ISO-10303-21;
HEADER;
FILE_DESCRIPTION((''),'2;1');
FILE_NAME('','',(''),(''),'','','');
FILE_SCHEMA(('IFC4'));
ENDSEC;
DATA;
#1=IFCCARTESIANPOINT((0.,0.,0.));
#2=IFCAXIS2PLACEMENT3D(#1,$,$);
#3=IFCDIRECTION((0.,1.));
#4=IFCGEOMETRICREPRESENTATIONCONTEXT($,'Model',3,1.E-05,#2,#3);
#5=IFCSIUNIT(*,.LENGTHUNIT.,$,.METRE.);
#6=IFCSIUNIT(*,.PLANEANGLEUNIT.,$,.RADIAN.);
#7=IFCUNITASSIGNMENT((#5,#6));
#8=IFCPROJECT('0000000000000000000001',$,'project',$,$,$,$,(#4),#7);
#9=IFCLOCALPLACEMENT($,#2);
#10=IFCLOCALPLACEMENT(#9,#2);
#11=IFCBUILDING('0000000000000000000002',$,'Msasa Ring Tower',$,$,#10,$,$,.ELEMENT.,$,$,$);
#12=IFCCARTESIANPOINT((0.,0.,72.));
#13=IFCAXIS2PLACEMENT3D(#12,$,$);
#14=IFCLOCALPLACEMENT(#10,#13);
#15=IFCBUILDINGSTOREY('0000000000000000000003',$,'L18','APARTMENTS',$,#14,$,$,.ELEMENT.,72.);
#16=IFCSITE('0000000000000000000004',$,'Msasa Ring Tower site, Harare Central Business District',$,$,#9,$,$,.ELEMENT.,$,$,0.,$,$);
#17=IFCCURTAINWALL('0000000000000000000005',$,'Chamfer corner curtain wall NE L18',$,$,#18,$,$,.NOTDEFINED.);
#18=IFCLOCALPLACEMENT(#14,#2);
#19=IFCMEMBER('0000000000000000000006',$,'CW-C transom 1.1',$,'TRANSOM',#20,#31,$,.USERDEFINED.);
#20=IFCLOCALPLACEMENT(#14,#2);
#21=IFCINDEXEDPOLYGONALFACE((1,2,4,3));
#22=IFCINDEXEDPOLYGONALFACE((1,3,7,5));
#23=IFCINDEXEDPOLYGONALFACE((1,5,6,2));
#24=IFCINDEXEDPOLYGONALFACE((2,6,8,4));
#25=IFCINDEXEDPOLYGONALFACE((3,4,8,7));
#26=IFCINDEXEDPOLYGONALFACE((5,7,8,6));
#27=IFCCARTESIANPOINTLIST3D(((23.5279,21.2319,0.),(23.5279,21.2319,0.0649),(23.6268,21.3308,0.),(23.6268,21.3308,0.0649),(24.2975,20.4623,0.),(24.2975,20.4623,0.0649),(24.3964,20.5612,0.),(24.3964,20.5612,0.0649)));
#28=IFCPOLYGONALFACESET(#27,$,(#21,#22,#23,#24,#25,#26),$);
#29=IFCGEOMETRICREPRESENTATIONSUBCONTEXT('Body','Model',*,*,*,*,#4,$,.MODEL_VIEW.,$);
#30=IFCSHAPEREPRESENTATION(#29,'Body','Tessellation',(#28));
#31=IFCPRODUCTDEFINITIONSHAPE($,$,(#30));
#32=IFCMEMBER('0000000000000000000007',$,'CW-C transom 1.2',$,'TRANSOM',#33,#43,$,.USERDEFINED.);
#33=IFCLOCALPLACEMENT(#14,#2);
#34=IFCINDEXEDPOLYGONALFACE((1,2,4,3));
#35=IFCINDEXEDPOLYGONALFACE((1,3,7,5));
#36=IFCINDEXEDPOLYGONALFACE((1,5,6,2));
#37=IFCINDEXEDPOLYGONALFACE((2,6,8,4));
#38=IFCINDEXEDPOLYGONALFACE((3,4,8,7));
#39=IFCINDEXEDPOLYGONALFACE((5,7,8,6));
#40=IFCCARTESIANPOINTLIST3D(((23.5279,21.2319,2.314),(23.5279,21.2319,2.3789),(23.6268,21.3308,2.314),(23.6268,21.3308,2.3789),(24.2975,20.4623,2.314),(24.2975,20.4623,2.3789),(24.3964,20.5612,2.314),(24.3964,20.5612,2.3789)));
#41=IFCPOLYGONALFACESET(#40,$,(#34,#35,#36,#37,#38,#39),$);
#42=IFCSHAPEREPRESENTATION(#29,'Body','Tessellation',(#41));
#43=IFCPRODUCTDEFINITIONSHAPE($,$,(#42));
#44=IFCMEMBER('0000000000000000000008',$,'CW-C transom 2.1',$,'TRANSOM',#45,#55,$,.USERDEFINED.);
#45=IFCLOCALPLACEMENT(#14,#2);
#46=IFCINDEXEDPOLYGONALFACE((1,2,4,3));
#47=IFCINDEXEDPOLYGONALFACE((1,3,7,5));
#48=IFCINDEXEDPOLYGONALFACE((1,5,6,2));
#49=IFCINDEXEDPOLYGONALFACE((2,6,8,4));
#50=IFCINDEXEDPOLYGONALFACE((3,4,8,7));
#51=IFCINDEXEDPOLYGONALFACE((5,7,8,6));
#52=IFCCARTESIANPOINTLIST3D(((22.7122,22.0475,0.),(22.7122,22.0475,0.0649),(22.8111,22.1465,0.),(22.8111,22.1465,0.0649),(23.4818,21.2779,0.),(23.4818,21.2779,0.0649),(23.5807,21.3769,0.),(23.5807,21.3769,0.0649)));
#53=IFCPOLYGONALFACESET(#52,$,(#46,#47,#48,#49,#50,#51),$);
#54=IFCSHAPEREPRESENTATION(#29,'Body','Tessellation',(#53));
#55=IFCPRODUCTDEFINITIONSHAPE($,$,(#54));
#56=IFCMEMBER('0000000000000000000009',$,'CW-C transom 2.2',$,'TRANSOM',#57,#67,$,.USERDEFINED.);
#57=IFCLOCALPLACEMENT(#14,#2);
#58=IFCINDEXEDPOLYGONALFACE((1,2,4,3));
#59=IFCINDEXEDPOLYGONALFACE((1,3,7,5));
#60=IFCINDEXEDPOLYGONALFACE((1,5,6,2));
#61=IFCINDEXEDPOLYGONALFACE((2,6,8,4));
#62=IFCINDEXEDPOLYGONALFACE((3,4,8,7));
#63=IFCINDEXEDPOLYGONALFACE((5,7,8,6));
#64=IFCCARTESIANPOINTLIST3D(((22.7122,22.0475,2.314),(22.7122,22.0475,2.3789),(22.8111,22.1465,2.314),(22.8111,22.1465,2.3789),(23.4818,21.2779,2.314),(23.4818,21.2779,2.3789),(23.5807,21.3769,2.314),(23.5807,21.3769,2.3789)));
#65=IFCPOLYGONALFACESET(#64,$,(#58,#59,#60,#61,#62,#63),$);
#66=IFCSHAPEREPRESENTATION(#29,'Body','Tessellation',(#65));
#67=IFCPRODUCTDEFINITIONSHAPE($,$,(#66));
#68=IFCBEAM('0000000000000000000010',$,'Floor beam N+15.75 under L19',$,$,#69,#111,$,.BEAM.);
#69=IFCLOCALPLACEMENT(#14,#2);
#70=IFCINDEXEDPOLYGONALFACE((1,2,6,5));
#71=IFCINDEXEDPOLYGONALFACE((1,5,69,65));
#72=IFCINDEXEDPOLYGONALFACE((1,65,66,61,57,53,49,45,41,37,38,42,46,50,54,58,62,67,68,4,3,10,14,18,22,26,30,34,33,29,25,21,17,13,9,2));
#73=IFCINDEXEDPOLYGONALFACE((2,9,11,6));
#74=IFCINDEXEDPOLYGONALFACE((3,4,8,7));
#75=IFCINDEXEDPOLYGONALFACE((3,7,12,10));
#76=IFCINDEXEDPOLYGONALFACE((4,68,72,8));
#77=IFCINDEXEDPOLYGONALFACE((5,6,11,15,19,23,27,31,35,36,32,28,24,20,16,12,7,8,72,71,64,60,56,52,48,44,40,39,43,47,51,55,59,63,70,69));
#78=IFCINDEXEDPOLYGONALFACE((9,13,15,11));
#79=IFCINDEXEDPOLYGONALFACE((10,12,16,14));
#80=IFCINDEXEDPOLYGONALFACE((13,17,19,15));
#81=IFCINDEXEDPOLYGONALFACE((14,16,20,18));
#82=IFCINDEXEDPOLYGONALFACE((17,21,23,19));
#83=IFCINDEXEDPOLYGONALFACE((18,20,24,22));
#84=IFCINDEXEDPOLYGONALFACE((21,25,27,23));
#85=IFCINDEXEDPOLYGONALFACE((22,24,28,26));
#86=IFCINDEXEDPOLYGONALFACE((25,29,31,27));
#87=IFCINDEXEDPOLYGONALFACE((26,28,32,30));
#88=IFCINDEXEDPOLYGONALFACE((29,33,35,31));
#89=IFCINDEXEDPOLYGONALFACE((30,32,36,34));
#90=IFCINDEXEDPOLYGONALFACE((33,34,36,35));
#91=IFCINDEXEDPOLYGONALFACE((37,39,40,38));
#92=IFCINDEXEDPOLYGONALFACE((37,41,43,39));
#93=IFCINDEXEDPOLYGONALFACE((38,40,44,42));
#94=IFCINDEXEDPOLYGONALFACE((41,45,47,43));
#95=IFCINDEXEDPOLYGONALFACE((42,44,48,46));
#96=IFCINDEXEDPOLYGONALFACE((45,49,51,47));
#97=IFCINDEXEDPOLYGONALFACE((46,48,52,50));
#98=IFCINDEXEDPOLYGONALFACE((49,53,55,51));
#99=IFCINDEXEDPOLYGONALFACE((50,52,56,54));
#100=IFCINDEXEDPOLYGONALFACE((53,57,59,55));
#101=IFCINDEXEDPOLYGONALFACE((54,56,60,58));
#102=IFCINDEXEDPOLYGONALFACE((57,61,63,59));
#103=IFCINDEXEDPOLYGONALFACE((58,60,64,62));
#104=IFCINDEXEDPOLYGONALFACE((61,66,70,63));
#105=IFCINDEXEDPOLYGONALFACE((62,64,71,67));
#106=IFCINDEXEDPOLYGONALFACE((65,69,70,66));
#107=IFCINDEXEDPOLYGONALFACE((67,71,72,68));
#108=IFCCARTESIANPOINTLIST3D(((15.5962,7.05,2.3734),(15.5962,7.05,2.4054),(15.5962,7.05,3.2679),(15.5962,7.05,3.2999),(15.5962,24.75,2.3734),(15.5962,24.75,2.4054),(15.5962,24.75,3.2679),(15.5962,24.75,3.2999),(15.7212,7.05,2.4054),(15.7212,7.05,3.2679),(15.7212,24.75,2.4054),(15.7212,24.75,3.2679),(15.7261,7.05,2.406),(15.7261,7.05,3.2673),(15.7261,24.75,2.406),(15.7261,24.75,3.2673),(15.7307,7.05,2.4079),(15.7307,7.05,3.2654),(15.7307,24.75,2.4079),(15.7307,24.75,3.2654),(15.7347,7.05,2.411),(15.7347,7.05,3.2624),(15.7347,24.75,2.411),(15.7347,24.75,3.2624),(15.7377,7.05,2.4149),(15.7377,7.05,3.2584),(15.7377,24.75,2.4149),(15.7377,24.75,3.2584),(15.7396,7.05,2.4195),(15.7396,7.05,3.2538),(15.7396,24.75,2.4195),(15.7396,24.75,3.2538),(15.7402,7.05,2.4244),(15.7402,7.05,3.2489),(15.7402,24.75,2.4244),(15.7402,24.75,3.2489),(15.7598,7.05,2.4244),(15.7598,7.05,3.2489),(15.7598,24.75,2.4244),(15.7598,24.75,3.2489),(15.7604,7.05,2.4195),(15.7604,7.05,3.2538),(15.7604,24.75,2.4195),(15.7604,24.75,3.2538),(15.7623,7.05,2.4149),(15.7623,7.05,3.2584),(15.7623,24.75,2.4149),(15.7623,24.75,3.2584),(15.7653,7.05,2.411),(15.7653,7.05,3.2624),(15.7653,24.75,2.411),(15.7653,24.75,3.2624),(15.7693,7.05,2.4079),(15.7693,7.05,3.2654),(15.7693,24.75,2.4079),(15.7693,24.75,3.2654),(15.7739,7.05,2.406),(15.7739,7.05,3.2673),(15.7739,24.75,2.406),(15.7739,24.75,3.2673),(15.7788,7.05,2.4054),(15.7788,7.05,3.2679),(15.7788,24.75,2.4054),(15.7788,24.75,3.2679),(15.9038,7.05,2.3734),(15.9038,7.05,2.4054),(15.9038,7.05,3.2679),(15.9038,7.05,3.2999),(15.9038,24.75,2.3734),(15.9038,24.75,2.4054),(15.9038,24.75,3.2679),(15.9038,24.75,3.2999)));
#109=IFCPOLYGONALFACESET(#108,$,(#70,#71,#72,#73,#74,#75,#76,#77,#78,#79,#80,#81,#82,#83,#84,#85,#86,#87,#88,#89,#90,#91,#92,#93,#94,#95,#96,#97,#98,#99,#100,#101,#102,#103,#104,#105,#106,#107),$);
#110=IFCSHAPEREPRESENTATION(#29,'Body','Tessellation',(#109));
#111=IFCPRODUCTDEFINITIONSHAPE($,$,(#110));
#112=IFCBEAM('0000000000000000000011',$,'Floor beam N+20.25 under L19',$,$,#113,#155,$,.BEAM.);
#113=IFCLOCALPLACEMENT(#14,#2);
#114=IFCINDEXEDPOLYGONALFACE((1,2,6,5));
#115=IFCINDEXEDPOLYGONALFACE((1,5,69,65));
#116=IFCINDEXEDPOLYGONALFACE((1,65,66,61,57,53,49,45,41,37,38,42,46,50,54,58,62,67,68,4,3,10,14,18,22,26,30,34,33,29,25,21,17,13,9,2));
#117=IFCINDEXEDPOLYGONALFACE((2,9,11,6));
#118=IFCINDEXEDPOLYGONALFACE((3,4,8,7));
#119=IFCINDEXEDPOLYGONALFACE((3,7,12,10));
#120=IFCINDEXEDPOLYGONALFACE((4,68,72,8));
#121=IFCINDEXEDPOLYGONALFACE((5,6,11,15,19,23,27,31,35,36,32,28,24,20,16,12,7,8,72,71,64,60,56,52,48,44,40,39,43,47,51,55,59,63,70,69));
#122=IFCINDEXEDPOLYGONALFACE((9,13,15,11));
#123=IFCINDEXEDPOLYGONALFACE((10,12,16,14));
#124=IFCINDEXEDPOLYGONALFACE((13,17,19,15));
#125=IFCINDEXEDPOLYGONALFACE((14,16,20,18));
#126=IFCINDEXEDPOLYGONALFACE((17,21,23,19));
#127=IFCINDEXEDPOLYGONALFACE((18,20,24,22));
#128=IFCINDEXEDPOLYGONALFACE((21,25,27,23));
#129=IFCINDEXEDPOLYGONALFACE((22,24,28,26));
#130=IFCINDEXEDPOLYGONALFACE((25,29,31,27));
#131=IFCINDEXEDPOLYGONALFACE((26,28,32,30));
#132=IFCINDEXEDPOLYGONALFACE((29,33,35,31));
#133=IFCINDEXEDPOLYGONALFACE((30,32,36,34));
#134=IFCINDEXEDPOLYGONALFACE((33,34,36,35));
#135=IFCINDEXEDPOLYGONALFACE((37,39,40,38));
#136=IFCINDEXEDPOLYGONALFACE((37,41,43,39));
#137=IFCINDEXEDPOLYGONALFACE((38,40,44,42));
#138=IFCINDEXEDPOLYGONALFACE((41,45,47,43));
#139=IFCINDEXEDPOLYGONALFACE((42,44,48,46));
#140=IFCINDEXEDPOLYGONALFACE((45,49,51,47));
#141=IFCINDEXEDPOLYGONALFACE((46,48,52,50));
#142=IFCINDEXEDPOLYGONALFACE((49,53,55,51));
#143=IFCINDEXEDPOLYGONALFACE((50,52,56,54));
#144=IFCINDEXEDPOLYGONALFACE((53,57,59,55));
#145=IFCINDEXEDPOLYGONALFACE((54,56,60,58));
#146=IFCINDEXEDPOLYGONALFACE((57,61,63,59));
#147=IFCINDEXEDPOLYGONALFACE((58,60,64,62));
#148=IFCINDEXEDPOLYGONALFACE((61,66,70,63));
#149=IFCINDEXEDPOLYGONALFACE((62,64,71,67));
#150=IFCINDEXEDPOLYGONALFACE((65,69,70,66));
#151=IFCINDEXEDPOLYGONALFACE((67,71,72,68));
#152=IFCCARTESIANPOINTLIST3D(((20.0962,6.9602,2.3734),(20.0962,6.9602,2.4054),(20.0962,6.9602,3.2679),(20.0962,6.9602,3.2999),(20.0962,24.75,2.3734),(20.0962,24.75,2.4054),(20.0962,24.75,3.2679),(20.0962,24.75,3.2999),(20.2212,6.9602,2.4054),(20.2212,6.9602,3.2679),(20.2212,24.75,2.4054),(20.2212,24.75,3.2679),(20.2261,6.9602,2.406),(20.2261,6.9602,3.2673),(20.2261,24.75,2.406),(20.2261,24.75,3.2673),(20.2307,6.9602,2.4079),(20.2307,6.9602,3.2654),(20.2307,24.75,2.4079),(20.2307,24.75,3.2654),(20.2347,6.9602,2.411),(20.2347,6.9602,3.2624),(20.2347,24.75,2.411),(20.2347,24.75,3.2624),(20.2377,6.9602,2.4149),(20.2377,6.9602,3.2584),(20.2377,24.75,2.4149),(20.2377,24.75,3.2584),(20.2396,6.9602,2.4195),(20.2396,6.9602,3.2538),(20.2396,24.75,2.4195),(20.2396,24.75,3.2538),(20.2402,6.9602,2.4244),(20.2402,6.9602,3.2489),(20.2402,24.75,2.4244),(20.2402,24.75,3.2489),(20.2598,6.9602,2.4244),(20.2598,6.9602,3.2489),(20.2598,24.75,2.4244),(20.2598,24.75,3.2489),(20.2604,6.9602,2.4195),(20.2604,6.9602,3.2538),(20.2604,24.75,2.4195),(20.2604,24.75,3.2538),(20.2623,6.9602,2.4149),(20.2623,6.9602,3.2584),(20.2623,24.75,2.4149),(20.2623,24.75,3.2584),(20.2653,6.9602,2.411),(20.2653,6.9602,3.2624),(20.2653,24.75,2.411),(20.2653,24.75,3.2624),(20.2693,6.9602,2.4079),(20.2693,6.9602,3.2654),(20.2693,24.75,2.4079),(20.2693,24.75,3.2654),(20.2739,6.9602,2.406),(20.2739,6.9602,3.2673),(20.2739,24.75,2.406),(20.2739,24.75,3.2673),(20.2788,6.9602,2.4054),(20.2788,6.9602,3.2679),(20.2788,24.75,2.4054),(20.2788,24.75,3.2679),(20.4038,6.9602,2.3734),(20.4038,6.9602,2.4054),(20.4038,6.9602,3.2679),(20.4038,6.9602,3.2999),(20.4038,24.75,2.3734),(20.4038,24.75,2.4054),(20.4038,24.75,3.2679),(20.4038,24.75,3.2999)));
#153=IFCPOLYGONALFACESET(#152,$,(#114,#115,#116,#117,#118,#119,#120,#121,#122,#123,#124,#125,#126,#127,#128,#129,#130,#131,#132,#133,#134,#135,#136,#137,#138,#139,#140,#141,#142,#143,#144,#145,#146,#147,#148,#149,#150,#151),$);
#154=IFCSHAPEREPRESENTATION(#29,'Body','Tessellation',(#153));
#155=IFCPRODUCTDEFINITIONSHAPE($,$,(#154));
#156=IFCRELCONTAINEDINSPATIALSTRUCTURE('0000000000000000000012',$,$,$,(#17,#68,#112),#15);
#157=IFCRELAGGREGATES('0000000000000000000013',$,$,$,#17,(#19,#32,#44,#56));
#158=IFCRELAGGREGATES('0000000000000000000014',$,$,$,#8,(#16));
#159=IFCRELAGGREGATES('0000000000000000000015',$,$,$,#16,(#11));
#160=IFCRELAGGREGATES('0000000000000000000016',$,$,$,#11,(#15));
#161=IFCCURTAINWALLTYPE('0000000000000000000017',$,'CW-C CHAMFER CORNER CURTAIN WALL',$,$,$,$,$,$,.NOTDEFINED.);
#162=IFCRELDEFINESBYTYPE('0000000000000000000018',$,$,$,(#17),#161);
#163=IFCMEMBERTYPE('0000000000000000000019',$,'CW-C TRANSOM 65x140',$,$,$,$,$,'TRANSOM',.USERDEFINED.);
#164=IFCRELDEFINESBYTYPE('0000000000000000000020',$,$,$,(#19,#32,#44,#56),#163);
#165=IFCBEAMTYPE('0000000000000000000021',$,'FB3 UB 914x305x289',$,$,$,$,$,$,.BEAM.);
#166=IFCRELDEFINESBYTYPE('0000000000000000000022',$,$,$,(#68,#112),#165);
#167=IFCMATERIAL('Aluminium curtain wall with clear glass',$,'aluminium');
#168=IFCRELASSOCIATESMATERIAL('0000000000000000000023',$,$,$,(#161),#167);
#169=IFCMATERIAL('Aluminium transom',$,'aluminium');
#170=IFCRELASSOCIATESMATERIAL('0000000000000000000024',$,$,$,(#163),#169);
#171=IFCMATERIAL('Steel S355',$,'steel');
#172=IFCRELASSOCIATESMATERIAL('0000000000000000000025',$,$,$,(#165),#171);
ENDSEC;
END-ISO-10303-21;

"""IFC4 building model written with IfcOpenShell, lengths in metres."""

from ifc_helpers import new_model, si_unit, direction, frame, origin, origin_2d, place, context, subcontext, project, spatial, rectangle, i_section, extrude, material, material_profile, profile_set, type_object, element, aggregate, save


model = new_model("IFC4")

# Units and contexts
model_context = context("Model", 3, precision=1e-05, world=origin(), true_north=direction((0.0, 1.0)))
body_context = subcontext(model_context, "Body", "Model", "MODEL_VIEW")
ifc_project = project(units=[si_unit("LENGTHUNIT", "METRE"), si_unit("PLANEANGLEUNIT", "RADIAN")], contexts=[model_context])

# Site, building, storey
site_placement = place(None, origin())
site = spatial("IfcSite", under=ifc_project, at=site_placement, Name="Msasa Ring Tower site, Harare Central Business District", CompositionType="ELEMENT", RefElevation=0.0)
building_placement = place(site_placement, origin())
building = spatial("IfcBuilding", under=site, at=building_placement, Name="Msasa Ring Tower", CompositionType="ELEMENT")
storey_placement = place(building_placement, frame((0.0, 0.0, 72.0)))
storey = spatial("IfcBuildingStorey", under=building, at=storey_placement, Name="L18", Description="APARTMENTS", CompositionType="ELEMENT", Elevation=72.0)

# Curtain wall
ifc_material_1 = material(Name="Aluminium curtain wall with clear glass", Category="aluminium")
curtain_wall_type = type_object("IfcCurtainWallType", Name="CW-C CHAMFER CORNER CURTAIN WALL", PredefinedType="NOTDEFINED", material=ifc_material_1)
curtain_wall_1_placement = place(storey_placement, origin())
curtain_wall_1 = element("IfcCurtainWall", 1, at=curtain_wall_1_placement, inside=storey, type_object=curtain_wall_type, Name="Chamfer corner curtain wall NE L18", PredefinedType="NOTDEFINED")

# Members
ifc_material_2 = material(Name="Aluminium transom", Category="aluminium")
ifc_material_profile_1 = material_profile(ifc_material_2, rectangle(XDim=0.1399, YDim=0.0649, at=origin_2d()), Name="AL 65x140")
ifc_profile_set_1 = profile_set([ifc_material_profile_1], Name="Aluminium transom")
member_type_1 = type_object("IfcMemberType", Name="CW-C TRANSOM 65x140", ElementType="TRANSOM", PredefinedType="USERDEFINED", material=ifc_profile_set_1)
member_1_placement = place(storey_placement, frame((24.3469, 20.5117, 0.0325), z_axis=(-0.707107, 0.707107, 0.0), x_axis=(-0.707107, -0.707107, 0.0)))
member_1 = element("IfcMember", 2, at=member_1_placement, type_object=member_type_1, Name="CW-C transom 1.1", ObjectType="TRANSOM", PredefinedType="USERDEFINED", context=body_context, shape_type="SweptSolid", body=[
    extrude(rectangle(XDim=0.1399, YDim=0.0649, at=origin_2d()), origin(), (0.0, 0.0, 1.0), 1.0884),
])
member_2_placement = place(storey_placement, frame((24.3469, 20.5117, 2.3464), z_axis=(-0.707107, 0.707107, 0.0), x_axis=(-0.707107, -0.707107, 0.0)))
member_2 = element("IfcMember", 3, at=member_2_placement, type_object=member_type_1, Name="CW-C transom 1.2", ObjectType="TRANSOM", PredefinedType="USERDEFINED", context=body_context, shape_type="SweptSolid", body=[
    extrude(rectangle(XDim=0.1399, YDim=0.0649, at=origin_2d()), origin(), (0.0, 0.0, 1.0), 1.0884),
])
member_3_placement = place(storey_placement, frame((23.5312, 21.3274, 0.0325), z_axis=(-0.707107, 0.707107, 0.0), x_axis=(-0.707107, -0.707107, 0.0)))
member_3 = element("IfcMember", 4, at=member_3_placement, type_object=member_type_1, Name="CW-C transom 2.1", ObjectType="TRANSOM", PredefinedType="USERDEFINED", context=body_context, shape_type="SweptSolid", body=[
    extrude(rectangle(XDim=0.1399, YDim=0.0649, at=origin_2d()), origin(), (0.0, 0.0, 1.0), 1.0884),
])
member_4_placement = place(storey_placement, frame((23.5312, 21.3274, 2.3464), z_axis=(-0.707107, 0.707107, 0.0), x_axis=(-0.707107, -0.707107, 0.0)))
member_4 = element("IfcMember", 5, at=member_4_placement, type_object=member_type_1, Name="CW-C transom 2.2", ObjectType="TRANSOM", PredefinedType="USERDEFINED", context=body_context, shape_type="SweptSolid", body=[
    extrude(rectangle(XDim=0.1399, YDim=0.0649, at=origin_2d()), origin(), (0.0, 0.0, 1.0), 1.0884),
])

# Beams
ifc_material_3 = material(Name="Steel S355", Category="steel")
ifc_material_profile_2 = material_profile(ifc_material_3, i_section(OverallWidth=0.3076, OverallDepth=0.9265, WebThickness=0.0195, FlangeThickness=0.032, FilletRadius=0.019, at=origin_2d()), Name="UB 914x305x289")
ifc_profile_set_2 = profile_set([ifc_material_profile_2], Name="Steel S355")
beam_type_1 = type_object("IfcBeamType", Name="FB3 UB 914x305x289", PredefinedType="BEAM", material=ifc_profile_set_2)
beam_1_placement = place(storey_placement, frame((15.75, 24.75, 2.8367), z_axis=(0.0, -1.0, 0.0), x_axis=(1.0, 0.0, 0.0)))
element("IfcBeam", 6, at=beam_1_placement, inside=storey, type_object=beam_type_1, Name="Floor beam N+15.75 under L19", PredefinedType="BEAM", context=body_context, shape_type="SweptSolid", body=[
    extrude(i_section(OverallWidth=0.3076, OverallDepth=0.9265, WebThickness=0.0195, FlangeThickness=0.032, FilletRadius=0.019, at=origin_2d()), origin(), (0.0, 0.0, 1.0), 17.7),
])
beam_2_placement = place(storey_placement, frame((20.25, 24.75, 2.8367), z_axis=(0.0, -1.0, 0.0), x_axis=(1.0, 0.0, 0.0)))
element("IfcBeam", 7, at=beam_2_placement, inside=storey, type_object=beam_type_1, Name="Floor beam N+20.25 under L19", PredefinedType="BEAM", context=body_context, shape_type="SweptSolid", body=[
    extrude(i_section(OverallWidth=0.3076, OverallDepth=0.9265, WebThickness=0.0195, FlangeThickness=0.032, FilletRadius=0.019, at=origin_2d()), origin(), (0.0, 0.0, 1.0), 17.7898),
])

aggregate(curtain_wall_1, [member_1, member_2, member_3, member_4])

save(model, "model.ifc")
